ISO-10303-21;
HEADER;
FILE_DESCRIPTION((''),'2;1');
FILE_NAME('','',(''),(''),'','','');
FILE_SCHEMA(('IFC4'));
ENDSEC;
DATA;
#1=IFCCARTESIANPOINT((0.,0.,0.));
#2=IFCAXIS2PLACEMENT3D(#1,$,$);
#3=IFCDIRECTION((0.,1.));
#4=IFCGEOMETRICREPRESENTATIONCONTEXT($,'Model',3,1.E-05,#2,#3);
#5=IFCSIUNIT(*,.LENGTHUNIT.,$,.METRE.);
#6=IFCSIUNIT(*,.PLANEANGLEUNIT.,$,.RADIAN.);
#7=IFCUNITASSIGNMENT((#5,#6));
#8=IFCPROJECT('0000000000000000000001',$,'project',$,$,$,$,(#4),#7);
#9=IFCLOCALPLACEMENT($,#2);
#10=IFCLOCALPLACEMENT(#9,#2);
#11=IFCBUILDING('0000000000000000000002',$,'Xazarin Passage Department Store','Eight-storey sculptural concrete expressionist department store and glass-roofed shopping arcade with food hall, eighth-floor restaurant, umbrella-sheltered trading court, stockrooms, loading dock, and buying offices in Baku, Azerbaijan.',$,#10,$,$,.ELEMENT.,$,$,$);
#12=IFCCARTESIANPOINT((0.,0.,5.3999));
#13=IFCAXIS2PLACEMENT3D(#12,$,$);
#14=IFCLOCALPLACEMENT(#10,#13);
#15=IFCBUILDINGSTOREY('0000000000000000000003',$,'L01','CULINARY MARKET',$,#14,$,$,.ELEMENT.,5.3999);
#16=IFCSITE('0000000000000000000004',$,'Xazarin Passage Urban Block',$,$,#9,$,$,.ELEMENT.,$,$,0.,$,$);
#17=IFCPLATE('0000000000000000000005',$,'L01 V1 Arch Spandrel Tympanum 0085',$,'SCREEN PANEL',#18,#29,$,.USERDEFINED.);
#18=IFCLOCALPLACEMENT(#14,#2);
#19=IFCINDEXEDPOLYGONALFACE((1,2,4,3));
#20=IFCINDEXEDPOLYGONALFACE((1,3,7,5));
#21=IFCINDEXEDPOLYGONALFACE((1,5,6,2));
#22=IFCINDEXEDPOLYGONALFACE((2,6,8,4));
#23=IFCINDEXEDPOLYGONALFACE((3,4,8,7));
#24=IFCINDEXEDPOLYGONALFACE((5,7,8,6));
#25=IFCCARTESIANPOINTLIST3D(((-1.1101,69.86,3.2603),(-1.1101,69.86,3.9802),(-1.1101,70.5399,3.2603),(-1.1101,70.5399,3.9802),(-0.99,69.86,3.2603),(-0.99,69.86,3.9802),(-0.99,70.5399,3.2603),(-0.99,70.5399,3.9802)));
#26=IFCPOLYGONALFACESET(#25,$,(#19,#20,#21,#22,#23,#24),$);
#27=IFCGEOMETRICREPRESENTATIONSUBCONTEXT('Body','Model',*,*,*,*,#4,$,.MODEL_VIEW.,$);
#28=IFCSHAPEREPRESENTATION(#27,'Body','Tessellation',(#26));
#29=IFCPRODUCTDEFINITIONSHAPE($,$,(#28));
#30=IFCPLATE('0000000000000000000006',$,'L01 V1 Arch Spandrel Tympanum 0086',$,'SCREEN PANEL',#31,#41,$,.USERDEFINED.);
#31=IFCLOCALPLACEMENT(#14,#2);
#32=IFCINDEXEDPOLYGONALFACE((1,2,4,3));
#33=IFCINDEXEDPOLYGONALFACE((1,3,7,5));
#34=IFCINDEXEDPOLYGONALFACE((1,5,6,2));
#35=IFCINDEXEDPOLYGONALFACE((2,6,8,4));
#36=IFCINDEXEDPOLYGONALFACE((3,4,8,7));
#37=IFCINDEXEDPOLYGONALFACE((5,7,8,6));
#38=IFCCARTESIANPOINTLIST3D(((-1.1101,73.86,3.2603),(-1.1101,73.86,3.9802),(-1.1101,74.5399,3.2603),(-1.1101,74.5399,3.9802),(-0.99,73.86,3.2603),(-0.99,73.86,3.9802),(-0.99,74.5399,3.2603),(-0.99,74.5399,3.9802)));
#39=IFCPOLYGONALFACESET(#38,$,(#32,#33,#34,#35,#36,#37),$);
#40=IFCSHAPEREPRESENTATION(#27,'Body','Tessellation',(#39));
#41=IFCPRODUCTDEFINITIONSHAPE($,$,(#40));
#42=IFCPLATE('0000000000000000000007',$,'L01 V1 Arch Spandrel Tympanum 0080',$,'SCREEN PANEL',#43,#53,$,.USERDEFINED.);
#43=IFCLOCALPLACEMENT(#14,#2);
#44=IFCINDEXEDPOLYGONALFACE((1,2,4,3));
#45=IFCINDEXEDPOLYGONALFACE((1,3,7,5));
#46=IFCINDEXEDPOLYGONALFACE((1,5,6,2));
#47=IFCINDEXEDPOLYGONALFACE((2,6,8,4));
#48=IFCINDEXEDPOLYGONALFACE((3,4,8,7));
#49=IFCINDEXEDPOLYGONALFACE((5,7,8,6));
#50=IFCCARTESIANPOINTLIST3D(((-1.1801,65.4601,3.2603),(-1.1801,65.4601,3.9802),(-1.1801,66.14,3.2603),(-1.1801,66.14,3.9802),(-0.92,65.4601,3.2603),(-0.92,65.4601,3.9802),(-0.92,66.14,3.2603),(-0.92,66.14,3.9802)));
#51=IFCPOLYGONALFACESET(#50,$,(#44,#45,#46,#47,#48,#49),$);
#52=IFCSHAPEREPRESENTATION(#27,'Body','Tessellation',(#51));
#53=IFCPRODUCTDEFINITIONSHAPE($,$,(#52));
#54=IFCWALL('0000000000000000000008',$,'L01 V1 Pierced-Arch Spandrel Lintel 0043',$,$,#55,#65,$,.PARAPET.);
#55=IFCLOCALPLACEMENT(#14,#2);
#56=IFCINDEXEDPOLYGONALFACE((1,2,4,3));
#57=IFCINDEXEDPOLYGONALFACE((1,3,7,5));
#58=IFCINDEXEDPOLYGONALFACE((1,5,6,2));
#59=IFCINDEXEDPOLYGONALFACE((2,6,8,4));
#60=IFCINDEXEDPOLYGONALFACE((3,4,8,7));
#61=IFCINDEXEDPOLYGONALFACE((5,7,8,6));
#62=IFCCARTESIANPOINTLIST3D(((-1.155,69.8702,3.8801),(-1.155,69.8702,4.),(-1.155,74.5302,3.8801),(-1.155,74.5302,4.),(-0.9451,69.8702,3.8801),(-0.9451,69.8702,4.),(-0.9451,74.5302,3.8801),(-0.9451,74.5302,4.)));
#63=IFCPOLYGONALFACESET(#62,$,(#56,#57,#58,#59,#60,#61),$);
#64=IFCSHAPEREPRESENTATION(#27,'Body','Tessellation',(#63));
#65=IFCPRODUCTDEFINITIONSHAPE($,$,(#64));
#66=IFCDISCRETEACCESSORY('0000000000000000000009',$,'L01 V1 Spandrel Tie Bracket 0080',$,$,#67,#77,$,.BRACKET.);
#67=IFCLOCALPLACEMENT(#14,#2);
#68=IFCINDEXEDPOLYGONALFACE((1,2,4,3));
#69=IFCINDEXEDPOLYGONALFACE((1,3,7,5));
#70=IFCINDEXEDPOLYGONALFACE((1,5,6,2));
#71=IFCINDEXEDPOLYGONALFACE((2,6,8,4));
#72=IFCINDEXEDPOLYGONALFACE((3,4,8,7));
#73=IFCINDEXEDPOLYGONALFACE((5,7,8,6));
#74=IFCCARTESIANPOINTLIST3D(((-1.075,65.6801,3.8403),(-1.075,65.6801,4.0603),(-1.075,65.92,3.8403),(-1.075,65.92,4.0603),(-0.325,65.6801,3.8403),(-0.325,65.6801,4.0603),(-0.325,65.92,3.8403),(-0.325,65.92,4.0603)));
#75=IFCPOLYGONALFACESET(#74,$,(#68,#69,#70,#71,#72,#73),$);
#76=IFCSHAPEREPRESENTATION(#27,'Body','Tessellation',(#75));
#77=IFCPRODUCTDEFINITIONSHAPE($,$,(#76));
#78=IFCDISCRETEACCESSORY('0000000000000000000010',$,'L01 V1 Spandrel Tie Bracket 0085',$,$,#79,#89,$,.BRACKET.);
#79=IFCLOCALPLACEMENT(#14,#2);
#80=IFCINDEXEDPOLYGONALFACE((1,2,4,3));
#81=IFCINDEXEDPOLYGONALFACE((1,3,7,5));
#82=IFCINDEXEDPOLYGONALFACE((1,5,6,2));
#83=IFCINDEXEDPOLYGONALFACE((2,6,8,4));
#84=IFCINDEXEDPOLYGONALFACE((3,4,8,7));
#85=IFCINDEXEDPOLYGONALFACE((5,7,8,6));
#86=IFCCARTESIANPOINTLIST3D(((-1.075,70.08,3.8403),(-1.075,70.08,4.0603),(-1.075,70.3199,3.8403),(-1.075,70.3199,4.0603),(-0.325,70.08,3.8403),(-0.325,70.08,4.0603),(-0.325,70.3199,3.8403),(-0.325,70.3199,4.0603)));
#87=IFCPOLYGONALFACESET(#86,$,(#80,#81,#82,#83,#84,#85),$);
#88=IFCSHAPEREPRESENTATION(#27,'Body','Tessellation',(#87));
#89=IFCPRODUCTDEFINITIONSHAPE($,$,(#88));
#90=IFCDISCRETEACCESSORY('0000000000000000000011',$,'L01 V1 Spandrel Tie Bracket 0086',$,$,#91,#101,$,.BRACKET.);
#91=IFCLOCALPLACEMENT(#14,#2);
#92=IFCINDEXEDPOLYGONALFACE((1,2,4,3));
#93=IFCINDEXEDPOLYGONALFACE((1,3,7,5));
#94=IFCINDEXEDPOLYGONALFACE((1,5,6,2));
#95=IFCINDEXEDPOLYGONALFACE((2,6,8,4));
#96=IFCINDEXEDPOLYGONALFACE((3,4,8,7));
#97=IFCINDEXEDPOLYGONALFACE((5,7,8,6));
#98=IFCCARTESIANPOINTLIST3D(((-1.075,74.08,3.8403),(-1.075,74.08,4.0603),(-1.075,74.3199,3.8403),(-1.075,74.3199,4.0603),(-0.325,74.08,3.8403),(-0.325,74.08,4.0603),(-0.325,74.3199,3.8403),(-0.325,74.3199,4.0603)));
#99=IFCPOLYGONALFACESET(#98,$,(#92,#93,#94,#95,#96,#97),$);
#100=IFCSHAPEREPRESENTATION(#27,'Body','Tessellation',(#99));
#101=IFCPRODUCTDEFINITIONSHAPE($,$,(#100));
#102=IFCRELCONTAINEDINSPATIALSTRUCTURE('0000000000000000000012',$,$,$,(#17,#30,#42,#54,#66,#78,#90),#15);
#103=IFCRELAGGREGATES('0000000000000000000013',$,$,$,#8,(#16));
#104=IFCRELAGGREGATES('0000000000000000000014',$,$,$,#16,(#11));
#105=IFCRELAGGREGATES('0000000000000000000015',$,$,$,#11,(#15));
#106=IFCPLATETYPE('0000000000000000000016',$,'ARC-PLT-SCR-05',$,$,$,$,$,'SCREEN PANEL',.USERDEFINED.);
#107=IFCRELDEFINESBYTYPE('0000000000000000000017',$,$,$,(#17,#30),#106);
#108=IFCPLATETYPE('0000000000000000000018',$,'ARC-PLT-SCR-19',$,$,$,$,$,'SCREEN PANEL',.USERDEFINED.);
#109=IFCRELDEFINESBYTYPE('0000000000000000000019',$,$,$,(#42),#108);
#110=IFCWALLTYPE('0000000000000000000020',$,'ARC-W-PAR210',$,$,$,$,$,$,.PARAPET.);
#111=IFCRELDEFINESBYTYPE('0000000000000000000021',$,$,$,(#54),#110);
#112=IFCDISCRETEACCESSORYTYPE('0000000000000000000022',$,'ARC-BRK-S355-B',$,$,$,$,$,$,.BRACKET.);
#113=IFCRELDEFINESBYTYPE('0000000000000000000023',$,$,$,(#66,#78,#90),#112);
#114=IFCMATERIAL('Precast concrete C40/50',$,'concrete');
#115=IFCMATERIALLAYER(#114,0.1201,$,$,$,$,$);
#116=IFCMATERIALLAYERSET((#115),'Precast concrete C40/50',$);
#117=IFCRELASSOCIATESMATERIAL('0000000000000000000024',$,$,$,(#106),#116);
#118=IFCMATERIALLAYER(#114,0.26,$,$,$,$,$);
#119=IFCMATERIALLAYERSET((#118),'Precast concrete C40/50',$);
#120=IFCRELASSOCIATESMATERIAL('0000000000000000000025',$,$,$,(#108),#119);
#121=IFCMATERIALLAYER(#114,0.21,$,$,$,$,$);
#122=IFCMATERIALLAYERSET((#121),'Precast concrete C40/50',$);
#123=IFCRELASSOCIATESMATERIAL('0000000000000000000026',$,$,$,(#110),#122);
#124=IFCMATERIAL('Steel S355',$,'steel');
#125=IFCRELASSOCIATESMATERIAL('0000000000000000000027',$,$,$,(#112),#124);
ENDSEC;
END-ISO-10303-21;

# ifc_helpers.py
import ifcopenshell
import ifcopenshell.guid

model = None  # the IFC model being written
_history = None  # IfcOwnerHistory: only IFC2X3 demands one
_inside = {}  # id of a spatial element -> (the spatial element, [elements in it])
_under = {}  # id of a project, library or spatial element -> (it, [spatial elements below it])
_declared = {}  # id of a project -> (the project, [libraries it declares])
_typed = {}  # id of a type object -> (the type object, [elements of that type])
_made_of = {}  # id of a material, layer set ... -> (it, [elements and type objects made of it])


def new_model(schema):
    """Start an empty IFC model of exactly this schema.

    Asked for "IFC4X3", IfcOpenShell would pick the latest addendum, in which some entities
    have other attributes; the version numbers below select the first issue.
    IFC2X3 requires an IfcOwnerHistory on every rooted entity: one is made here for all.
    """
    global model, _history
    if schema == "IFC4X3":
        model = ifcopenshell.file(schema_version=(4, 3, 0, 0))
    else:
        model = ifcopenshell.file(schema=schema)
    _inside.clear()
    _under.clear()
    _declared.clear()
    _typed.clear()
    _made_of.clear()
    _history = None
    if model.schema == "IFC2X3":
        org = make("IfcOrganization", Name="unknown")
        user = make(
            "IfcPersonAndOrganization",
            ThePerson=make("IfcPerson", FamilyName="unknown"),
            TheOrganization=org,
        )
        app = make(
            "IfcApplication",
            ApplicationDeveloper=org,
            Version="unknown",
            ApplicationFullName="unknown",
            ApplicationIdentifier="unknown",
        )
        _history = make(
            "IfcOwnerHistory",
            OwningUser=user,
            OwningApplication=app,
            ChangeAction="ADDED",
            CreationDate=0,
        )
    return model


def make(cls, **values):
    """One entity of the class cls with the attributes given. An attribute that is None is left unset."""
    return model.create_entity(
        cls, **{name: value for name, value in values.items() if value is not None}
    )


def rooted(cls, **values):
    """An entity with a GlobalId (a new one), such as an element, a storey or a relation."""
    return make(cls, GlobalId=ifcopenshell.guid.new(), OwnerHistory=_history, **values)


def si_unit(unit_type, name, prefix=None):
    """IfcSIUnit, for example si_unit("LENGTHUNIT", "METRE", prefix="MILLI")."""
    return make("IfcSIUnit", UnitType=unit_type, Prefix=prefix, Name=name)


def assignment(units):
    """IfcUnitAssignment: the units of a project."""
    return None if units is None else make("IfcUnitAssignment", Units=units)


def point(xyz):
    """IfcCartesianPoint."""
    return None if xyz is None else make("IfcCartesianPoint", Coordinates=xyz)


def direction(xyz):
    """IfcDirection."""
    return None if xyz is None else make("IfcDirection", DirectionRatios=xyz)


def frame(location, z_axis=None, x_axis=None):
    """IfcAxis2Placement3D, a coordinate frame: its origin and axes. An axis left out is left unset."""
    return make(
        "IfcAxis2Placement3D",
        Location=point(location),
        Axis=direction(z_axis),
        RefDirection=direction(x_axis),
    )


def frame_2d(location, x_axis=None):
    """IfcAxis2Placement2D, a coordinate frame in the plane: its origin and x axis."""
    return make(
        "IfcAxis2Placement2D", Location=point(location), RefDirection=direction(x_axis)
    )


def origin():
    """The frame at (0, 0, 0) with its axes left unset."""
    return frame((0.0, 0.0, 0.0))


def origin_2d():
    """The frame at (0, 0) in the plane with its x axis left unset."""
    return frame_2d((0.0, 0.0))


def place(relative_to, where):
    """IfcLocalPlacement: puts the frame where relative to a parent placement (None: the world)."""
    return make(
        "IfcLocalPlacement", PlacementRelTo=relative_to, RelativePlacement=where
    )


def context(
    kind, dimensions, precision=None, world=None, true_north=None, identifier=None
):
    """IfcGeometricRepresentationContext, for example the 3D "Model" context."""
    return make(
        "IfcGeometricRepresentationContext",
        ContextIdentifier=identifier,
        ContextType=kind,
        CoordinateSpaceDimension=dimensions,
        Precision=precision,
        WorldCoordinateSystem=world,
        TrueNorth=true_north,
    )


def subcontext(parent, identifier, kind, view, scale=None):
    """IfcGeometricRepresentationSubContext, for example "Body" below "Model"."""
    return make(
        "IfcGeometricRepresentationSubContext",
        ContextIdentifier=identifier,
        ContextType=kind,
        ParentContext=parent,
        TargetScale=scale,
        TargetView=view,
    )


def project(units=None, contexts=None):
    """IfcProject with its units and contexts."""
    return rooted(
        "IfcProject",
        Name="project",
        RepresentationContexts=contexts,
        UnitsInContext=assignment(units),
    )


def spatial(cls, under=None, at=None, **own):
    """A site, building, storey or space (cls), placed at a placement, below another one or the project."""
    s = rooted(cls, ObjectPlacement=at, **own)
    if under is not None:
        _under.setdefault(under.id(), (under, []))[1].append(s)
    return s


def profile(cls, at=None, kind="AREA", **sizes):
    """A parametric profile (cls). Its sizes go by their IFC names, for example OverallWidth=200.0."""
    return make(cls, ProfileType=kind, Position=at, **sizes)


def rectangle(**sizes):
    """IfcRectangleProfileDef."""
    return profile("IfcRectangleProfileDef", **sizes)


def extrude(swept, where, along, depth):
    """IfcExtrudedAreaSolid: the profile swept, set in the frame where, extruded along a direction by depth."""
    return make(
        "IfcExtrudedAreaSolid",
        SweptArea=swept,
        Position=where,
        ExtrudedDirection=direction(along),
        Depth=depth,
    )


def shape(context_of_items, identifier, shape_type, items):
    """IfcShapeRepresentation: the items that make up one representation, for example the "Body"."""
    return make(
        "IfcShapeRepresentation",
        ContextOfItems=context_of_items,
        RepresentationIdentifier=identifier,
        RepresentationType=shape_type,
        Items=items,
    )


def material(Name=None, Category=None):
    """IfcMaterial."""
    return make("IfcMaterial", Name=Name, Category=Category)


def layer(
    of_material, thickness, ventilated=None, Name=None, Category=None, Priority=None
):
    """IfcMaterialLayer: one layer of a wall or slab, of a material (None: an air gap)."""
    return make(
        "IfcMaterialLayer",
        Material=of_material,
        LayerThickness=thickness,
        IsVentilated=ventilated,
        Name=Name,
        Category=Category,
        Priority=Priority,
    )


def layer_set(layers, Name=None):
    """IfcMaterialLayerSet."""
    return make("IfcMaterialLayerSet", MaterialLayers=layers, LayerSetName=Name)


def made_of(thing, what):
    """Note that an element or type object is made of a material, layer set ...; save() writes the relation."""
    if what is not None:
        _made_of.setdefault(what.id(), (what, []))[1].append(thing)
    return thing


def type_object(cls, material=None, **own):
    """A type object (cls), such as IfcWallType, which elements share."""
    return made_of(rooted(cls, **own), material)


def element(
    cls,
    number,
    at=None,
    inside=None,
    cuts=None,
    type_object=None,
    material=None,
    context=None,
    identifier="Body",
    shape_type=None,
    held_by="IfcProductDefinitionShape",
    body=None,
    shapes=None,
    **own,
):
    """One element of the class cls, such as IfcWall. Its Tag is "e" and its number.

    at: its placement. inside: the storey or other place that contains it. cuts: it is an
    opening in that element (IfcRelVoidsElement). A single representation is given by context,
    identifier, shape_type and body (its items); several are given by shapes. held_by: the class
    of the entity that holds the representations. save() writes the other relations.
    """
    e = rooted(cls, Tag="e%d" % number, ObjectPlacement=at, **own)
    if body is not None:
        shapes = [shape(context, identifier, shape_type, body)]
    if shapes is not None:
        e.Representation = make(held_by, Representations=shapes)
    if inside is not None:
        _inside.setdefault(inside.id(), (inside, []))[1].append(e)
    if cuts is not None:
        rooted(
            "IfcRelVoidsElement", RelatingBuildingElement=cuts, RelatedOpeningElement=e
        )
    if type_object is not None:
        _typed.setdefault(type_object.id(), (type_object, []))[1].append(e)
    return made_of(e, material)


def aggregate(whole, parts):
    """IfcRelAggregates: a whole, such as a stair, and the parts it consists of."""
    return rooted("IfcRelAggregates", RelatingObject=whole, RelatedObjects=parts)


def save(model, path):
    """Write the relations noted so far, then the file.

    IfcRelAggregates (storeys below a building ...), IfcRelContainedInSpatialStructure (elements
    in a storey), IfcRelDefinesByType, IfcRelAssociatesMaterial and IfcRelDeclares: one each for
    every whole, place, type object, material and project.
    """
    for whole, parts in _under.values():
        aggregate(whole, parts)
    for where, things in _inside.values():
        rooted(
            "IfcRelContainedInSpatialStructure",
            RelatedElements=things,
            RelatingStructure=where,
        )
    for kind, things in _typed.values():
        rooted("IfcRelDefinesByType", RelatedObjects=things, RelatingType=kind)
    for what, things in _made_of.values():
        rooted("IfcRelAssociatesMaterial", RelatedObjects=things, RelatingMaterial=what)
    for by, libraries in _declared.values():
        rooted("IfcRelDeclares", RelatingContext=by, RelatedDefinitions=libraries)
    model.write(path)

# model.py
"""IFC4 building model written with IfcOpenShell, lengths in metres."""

from ifc_helpers import new_model, si_unit, direction, frame, frame_2d, origin, origin_2d, place, context, subcontext, project, spatial, rectangle, extrude, material, layer, layer_set, type_object, element, save


model = new_model("IFC4")

# Units and contexts
model_context = context("Model", 3, precision=1e-05, world=origin(), true_north=direction((0.0, 1.0)))
body_context = subcontext(model_context, "Body", "Model", "MODEL_VIEW")
ifc_project = project(units=[si_unit("LENGTHUNIT", "METRE"), si_unit("PLANEANGLEUNIT", "RADIAN")], contexts=[model_context])

# Site, building, storey
site_placement = place(None, origin())
site = spatial("IfcSite", under=ifc_project, at=site_placement, Name="Xazarin Passage Urban Block", CompositionType="ELEMENT", RefElevation=0.0)
building_placement = place(site_placement, origin())
building = spatial("IfcBuilding", under=site, at=building_placement, Name="Xazarin Passage Department Store", Description="Eight-storey sculptural concrete expressionist department store and glass-roofed shopping arcade with food hall, eighth-floor restaurant, umbrella-sheltered trading court, stockrooms, loading dock, and buying offices in Baku, Azerbaijan.", CompositionType="ELEMENT")
storey_placement = place(building_placement, frame((0.0, 0.0, 5.3999)))
storey = spatial("IfcBuildingStorey", under=building, at=storey_placement, Name="L01", Description="CULINARY MARKET", CompositionType="ELEMENT", Elevation=5.3999)

# Plates
ifc_material_1 = material(Name="Precast concrete C40/50", Category="concrete")
ifc_layer_1 = layer(ifc_material_1, 0.1201)
ifc_layer_set_1 = layer_set([ifc_layer_1], Name="Precast concrete C40/50")
plate_type_1 = type_object("IfcPlateType", Name="ARC-PLT-SCR-05", ElementType="SCREEN PANEL", PredefinedType="USERDEFINED", material=ifc_layer_set_1)
for number, where, z_axis, x_axis, name in (
    (1, (-1.05, 70.2, 3.2603), (0.0, 0.0, 1.0), (0.0, 1.0, 0.0), "L01 V1 Arch Spandrel Tympanum 0085"),
    (2, (-1.05, 74.2, 3.2603), (0.0, 0.0, 1.0), (0.0, 1.0, 0.0), "L01 V1 Arch Spandrel Tympanum 0086"),
):
    element("IfcPlate", number, at=place(storey_placement, frame(where, z_axis=z_axis, x_axis=x_axis)), inside=storey, type_object=plate_type_1, Name=name, ObjectType="SCREEN PANEL", PredefinedType="USERDEFINED", context=body_context, shape_type="SweptSolid", body=[
        extrude(rectangle(XDim=0.6799, YDim=0.1201, at=origin_2d()), origin(), (0.0, 0.0, 1.0), 0.72),
    ])
ifc_layer_2 = layer(ifc_material_1, 0.26)
ifc_layer_set_2 = layer_set([ifc_layer_2], Name="Precast concrete C40/50")
plate_type_2 = type_object("IfcPlateType", Name="ARC-PLT-SCR-19", ElementType="SCREEN PANEL", PredefinedType="USERDEFINED", material=ifc_layer_set_2)
plate_placement = place(storey_placement, frame((-1.05, 65.8, 3.2603), z_axis=(0.0, 0.0, 1.0), x_axis=(0.0, 1.0, 0.0)))
element("IfcPlate", 3, at=plate_placement, inside=storey, type_object=plate_type_2, Name="L01 V1 Arch Spandrel Tympanum 0080", ObjectType="SCREEN PANEL", PredefinedType="USERDEFINED", context=body_context, shape_type="SweptSolid", body=[
    extrude(rectangle(XDim=0.6799, YDim=0.26, at=origin_2d()), origin(), (0.0, 0.0, 1.0), 0.72),
])

# Wall
ifc_layer_3 = layer(ifc_material_1, 0.21)
ifc_layer_set_3 = layer_set([ifc_layer_3], Name="Precast concrete C40/50")
wall_type = type_object("IfcWallType", Name="ARC-W-PAR210", PredefinedType="PARAPET", material=ifc_layer_set_3)
wall_placement = place(storey_placement, frame((-1.05, 69.8701, 3.8801), z_axis=(0.0, 0.0, 1.0), x_axis=(0.0, 1.0, 0.0)))
element("IfcWall", 4, at=wall_placement, inside=storey, type_object=wall_type, Name="L01 V1 Pierced-Arch Spandrel Lintel 0043", PredefinedType="PARAPET", context=body_context, shape_type="SweptSolid", body=[
    extrude(rectangle(XDim=4.6599, YDim=0.21, at=frame_2d((2.3301, 0.0))), origin(), (0.0, 0.0, 1.0), 0.1199),
])

# Discrete accessories
ifc_material_2 = material(Name="Steel S355", Category="steel")
discrete_accessory_type = type_object("IfcDiscreteAccessoryType", Name="ARC-BRK-S355-B", PredefinedType="BRACKET", material=ifc_material_2)
for number, where, z_axis, x_axis, name in (
    (5, (-0.7, 65.8, 3.8403), (0.0, 0.0, 1.0), (0.0, 1.0, 0.0), "L01 V1 Spandrel Tie Bracket 0080"),
    (6, (-0.7, 70.2, 3.8403), (0.0, 0.0, 1.0), (0.0, 1.0, 0.0), "L01 V1 Spandrel Tie Bracket 0085"),
    (7, (-0.7, 74.2, 3.8403), (0.0, 0.0, 1.0), (0.0, 1.0, 0.0), "L01 V1 Spandrel Tie Bracket 0086"),
):
    element("IfcDiscreteAccessory", number, at=place(storey_placement, frame(where, z_axis=z_axis, x_axis=x_axis)), inside=storey, type_object=discrete_accessory_type, Name=name, PredefinedType="BRACKET", context=body_context, shape_type="SweptSolid", body=[
        extrude(rectangle(XDim=0.24, YDim=0.75, at=origin_2d()), origin(), (0.0, 0.0, 1.0), 0.22),
    ])

save(model, "model.ifc")
